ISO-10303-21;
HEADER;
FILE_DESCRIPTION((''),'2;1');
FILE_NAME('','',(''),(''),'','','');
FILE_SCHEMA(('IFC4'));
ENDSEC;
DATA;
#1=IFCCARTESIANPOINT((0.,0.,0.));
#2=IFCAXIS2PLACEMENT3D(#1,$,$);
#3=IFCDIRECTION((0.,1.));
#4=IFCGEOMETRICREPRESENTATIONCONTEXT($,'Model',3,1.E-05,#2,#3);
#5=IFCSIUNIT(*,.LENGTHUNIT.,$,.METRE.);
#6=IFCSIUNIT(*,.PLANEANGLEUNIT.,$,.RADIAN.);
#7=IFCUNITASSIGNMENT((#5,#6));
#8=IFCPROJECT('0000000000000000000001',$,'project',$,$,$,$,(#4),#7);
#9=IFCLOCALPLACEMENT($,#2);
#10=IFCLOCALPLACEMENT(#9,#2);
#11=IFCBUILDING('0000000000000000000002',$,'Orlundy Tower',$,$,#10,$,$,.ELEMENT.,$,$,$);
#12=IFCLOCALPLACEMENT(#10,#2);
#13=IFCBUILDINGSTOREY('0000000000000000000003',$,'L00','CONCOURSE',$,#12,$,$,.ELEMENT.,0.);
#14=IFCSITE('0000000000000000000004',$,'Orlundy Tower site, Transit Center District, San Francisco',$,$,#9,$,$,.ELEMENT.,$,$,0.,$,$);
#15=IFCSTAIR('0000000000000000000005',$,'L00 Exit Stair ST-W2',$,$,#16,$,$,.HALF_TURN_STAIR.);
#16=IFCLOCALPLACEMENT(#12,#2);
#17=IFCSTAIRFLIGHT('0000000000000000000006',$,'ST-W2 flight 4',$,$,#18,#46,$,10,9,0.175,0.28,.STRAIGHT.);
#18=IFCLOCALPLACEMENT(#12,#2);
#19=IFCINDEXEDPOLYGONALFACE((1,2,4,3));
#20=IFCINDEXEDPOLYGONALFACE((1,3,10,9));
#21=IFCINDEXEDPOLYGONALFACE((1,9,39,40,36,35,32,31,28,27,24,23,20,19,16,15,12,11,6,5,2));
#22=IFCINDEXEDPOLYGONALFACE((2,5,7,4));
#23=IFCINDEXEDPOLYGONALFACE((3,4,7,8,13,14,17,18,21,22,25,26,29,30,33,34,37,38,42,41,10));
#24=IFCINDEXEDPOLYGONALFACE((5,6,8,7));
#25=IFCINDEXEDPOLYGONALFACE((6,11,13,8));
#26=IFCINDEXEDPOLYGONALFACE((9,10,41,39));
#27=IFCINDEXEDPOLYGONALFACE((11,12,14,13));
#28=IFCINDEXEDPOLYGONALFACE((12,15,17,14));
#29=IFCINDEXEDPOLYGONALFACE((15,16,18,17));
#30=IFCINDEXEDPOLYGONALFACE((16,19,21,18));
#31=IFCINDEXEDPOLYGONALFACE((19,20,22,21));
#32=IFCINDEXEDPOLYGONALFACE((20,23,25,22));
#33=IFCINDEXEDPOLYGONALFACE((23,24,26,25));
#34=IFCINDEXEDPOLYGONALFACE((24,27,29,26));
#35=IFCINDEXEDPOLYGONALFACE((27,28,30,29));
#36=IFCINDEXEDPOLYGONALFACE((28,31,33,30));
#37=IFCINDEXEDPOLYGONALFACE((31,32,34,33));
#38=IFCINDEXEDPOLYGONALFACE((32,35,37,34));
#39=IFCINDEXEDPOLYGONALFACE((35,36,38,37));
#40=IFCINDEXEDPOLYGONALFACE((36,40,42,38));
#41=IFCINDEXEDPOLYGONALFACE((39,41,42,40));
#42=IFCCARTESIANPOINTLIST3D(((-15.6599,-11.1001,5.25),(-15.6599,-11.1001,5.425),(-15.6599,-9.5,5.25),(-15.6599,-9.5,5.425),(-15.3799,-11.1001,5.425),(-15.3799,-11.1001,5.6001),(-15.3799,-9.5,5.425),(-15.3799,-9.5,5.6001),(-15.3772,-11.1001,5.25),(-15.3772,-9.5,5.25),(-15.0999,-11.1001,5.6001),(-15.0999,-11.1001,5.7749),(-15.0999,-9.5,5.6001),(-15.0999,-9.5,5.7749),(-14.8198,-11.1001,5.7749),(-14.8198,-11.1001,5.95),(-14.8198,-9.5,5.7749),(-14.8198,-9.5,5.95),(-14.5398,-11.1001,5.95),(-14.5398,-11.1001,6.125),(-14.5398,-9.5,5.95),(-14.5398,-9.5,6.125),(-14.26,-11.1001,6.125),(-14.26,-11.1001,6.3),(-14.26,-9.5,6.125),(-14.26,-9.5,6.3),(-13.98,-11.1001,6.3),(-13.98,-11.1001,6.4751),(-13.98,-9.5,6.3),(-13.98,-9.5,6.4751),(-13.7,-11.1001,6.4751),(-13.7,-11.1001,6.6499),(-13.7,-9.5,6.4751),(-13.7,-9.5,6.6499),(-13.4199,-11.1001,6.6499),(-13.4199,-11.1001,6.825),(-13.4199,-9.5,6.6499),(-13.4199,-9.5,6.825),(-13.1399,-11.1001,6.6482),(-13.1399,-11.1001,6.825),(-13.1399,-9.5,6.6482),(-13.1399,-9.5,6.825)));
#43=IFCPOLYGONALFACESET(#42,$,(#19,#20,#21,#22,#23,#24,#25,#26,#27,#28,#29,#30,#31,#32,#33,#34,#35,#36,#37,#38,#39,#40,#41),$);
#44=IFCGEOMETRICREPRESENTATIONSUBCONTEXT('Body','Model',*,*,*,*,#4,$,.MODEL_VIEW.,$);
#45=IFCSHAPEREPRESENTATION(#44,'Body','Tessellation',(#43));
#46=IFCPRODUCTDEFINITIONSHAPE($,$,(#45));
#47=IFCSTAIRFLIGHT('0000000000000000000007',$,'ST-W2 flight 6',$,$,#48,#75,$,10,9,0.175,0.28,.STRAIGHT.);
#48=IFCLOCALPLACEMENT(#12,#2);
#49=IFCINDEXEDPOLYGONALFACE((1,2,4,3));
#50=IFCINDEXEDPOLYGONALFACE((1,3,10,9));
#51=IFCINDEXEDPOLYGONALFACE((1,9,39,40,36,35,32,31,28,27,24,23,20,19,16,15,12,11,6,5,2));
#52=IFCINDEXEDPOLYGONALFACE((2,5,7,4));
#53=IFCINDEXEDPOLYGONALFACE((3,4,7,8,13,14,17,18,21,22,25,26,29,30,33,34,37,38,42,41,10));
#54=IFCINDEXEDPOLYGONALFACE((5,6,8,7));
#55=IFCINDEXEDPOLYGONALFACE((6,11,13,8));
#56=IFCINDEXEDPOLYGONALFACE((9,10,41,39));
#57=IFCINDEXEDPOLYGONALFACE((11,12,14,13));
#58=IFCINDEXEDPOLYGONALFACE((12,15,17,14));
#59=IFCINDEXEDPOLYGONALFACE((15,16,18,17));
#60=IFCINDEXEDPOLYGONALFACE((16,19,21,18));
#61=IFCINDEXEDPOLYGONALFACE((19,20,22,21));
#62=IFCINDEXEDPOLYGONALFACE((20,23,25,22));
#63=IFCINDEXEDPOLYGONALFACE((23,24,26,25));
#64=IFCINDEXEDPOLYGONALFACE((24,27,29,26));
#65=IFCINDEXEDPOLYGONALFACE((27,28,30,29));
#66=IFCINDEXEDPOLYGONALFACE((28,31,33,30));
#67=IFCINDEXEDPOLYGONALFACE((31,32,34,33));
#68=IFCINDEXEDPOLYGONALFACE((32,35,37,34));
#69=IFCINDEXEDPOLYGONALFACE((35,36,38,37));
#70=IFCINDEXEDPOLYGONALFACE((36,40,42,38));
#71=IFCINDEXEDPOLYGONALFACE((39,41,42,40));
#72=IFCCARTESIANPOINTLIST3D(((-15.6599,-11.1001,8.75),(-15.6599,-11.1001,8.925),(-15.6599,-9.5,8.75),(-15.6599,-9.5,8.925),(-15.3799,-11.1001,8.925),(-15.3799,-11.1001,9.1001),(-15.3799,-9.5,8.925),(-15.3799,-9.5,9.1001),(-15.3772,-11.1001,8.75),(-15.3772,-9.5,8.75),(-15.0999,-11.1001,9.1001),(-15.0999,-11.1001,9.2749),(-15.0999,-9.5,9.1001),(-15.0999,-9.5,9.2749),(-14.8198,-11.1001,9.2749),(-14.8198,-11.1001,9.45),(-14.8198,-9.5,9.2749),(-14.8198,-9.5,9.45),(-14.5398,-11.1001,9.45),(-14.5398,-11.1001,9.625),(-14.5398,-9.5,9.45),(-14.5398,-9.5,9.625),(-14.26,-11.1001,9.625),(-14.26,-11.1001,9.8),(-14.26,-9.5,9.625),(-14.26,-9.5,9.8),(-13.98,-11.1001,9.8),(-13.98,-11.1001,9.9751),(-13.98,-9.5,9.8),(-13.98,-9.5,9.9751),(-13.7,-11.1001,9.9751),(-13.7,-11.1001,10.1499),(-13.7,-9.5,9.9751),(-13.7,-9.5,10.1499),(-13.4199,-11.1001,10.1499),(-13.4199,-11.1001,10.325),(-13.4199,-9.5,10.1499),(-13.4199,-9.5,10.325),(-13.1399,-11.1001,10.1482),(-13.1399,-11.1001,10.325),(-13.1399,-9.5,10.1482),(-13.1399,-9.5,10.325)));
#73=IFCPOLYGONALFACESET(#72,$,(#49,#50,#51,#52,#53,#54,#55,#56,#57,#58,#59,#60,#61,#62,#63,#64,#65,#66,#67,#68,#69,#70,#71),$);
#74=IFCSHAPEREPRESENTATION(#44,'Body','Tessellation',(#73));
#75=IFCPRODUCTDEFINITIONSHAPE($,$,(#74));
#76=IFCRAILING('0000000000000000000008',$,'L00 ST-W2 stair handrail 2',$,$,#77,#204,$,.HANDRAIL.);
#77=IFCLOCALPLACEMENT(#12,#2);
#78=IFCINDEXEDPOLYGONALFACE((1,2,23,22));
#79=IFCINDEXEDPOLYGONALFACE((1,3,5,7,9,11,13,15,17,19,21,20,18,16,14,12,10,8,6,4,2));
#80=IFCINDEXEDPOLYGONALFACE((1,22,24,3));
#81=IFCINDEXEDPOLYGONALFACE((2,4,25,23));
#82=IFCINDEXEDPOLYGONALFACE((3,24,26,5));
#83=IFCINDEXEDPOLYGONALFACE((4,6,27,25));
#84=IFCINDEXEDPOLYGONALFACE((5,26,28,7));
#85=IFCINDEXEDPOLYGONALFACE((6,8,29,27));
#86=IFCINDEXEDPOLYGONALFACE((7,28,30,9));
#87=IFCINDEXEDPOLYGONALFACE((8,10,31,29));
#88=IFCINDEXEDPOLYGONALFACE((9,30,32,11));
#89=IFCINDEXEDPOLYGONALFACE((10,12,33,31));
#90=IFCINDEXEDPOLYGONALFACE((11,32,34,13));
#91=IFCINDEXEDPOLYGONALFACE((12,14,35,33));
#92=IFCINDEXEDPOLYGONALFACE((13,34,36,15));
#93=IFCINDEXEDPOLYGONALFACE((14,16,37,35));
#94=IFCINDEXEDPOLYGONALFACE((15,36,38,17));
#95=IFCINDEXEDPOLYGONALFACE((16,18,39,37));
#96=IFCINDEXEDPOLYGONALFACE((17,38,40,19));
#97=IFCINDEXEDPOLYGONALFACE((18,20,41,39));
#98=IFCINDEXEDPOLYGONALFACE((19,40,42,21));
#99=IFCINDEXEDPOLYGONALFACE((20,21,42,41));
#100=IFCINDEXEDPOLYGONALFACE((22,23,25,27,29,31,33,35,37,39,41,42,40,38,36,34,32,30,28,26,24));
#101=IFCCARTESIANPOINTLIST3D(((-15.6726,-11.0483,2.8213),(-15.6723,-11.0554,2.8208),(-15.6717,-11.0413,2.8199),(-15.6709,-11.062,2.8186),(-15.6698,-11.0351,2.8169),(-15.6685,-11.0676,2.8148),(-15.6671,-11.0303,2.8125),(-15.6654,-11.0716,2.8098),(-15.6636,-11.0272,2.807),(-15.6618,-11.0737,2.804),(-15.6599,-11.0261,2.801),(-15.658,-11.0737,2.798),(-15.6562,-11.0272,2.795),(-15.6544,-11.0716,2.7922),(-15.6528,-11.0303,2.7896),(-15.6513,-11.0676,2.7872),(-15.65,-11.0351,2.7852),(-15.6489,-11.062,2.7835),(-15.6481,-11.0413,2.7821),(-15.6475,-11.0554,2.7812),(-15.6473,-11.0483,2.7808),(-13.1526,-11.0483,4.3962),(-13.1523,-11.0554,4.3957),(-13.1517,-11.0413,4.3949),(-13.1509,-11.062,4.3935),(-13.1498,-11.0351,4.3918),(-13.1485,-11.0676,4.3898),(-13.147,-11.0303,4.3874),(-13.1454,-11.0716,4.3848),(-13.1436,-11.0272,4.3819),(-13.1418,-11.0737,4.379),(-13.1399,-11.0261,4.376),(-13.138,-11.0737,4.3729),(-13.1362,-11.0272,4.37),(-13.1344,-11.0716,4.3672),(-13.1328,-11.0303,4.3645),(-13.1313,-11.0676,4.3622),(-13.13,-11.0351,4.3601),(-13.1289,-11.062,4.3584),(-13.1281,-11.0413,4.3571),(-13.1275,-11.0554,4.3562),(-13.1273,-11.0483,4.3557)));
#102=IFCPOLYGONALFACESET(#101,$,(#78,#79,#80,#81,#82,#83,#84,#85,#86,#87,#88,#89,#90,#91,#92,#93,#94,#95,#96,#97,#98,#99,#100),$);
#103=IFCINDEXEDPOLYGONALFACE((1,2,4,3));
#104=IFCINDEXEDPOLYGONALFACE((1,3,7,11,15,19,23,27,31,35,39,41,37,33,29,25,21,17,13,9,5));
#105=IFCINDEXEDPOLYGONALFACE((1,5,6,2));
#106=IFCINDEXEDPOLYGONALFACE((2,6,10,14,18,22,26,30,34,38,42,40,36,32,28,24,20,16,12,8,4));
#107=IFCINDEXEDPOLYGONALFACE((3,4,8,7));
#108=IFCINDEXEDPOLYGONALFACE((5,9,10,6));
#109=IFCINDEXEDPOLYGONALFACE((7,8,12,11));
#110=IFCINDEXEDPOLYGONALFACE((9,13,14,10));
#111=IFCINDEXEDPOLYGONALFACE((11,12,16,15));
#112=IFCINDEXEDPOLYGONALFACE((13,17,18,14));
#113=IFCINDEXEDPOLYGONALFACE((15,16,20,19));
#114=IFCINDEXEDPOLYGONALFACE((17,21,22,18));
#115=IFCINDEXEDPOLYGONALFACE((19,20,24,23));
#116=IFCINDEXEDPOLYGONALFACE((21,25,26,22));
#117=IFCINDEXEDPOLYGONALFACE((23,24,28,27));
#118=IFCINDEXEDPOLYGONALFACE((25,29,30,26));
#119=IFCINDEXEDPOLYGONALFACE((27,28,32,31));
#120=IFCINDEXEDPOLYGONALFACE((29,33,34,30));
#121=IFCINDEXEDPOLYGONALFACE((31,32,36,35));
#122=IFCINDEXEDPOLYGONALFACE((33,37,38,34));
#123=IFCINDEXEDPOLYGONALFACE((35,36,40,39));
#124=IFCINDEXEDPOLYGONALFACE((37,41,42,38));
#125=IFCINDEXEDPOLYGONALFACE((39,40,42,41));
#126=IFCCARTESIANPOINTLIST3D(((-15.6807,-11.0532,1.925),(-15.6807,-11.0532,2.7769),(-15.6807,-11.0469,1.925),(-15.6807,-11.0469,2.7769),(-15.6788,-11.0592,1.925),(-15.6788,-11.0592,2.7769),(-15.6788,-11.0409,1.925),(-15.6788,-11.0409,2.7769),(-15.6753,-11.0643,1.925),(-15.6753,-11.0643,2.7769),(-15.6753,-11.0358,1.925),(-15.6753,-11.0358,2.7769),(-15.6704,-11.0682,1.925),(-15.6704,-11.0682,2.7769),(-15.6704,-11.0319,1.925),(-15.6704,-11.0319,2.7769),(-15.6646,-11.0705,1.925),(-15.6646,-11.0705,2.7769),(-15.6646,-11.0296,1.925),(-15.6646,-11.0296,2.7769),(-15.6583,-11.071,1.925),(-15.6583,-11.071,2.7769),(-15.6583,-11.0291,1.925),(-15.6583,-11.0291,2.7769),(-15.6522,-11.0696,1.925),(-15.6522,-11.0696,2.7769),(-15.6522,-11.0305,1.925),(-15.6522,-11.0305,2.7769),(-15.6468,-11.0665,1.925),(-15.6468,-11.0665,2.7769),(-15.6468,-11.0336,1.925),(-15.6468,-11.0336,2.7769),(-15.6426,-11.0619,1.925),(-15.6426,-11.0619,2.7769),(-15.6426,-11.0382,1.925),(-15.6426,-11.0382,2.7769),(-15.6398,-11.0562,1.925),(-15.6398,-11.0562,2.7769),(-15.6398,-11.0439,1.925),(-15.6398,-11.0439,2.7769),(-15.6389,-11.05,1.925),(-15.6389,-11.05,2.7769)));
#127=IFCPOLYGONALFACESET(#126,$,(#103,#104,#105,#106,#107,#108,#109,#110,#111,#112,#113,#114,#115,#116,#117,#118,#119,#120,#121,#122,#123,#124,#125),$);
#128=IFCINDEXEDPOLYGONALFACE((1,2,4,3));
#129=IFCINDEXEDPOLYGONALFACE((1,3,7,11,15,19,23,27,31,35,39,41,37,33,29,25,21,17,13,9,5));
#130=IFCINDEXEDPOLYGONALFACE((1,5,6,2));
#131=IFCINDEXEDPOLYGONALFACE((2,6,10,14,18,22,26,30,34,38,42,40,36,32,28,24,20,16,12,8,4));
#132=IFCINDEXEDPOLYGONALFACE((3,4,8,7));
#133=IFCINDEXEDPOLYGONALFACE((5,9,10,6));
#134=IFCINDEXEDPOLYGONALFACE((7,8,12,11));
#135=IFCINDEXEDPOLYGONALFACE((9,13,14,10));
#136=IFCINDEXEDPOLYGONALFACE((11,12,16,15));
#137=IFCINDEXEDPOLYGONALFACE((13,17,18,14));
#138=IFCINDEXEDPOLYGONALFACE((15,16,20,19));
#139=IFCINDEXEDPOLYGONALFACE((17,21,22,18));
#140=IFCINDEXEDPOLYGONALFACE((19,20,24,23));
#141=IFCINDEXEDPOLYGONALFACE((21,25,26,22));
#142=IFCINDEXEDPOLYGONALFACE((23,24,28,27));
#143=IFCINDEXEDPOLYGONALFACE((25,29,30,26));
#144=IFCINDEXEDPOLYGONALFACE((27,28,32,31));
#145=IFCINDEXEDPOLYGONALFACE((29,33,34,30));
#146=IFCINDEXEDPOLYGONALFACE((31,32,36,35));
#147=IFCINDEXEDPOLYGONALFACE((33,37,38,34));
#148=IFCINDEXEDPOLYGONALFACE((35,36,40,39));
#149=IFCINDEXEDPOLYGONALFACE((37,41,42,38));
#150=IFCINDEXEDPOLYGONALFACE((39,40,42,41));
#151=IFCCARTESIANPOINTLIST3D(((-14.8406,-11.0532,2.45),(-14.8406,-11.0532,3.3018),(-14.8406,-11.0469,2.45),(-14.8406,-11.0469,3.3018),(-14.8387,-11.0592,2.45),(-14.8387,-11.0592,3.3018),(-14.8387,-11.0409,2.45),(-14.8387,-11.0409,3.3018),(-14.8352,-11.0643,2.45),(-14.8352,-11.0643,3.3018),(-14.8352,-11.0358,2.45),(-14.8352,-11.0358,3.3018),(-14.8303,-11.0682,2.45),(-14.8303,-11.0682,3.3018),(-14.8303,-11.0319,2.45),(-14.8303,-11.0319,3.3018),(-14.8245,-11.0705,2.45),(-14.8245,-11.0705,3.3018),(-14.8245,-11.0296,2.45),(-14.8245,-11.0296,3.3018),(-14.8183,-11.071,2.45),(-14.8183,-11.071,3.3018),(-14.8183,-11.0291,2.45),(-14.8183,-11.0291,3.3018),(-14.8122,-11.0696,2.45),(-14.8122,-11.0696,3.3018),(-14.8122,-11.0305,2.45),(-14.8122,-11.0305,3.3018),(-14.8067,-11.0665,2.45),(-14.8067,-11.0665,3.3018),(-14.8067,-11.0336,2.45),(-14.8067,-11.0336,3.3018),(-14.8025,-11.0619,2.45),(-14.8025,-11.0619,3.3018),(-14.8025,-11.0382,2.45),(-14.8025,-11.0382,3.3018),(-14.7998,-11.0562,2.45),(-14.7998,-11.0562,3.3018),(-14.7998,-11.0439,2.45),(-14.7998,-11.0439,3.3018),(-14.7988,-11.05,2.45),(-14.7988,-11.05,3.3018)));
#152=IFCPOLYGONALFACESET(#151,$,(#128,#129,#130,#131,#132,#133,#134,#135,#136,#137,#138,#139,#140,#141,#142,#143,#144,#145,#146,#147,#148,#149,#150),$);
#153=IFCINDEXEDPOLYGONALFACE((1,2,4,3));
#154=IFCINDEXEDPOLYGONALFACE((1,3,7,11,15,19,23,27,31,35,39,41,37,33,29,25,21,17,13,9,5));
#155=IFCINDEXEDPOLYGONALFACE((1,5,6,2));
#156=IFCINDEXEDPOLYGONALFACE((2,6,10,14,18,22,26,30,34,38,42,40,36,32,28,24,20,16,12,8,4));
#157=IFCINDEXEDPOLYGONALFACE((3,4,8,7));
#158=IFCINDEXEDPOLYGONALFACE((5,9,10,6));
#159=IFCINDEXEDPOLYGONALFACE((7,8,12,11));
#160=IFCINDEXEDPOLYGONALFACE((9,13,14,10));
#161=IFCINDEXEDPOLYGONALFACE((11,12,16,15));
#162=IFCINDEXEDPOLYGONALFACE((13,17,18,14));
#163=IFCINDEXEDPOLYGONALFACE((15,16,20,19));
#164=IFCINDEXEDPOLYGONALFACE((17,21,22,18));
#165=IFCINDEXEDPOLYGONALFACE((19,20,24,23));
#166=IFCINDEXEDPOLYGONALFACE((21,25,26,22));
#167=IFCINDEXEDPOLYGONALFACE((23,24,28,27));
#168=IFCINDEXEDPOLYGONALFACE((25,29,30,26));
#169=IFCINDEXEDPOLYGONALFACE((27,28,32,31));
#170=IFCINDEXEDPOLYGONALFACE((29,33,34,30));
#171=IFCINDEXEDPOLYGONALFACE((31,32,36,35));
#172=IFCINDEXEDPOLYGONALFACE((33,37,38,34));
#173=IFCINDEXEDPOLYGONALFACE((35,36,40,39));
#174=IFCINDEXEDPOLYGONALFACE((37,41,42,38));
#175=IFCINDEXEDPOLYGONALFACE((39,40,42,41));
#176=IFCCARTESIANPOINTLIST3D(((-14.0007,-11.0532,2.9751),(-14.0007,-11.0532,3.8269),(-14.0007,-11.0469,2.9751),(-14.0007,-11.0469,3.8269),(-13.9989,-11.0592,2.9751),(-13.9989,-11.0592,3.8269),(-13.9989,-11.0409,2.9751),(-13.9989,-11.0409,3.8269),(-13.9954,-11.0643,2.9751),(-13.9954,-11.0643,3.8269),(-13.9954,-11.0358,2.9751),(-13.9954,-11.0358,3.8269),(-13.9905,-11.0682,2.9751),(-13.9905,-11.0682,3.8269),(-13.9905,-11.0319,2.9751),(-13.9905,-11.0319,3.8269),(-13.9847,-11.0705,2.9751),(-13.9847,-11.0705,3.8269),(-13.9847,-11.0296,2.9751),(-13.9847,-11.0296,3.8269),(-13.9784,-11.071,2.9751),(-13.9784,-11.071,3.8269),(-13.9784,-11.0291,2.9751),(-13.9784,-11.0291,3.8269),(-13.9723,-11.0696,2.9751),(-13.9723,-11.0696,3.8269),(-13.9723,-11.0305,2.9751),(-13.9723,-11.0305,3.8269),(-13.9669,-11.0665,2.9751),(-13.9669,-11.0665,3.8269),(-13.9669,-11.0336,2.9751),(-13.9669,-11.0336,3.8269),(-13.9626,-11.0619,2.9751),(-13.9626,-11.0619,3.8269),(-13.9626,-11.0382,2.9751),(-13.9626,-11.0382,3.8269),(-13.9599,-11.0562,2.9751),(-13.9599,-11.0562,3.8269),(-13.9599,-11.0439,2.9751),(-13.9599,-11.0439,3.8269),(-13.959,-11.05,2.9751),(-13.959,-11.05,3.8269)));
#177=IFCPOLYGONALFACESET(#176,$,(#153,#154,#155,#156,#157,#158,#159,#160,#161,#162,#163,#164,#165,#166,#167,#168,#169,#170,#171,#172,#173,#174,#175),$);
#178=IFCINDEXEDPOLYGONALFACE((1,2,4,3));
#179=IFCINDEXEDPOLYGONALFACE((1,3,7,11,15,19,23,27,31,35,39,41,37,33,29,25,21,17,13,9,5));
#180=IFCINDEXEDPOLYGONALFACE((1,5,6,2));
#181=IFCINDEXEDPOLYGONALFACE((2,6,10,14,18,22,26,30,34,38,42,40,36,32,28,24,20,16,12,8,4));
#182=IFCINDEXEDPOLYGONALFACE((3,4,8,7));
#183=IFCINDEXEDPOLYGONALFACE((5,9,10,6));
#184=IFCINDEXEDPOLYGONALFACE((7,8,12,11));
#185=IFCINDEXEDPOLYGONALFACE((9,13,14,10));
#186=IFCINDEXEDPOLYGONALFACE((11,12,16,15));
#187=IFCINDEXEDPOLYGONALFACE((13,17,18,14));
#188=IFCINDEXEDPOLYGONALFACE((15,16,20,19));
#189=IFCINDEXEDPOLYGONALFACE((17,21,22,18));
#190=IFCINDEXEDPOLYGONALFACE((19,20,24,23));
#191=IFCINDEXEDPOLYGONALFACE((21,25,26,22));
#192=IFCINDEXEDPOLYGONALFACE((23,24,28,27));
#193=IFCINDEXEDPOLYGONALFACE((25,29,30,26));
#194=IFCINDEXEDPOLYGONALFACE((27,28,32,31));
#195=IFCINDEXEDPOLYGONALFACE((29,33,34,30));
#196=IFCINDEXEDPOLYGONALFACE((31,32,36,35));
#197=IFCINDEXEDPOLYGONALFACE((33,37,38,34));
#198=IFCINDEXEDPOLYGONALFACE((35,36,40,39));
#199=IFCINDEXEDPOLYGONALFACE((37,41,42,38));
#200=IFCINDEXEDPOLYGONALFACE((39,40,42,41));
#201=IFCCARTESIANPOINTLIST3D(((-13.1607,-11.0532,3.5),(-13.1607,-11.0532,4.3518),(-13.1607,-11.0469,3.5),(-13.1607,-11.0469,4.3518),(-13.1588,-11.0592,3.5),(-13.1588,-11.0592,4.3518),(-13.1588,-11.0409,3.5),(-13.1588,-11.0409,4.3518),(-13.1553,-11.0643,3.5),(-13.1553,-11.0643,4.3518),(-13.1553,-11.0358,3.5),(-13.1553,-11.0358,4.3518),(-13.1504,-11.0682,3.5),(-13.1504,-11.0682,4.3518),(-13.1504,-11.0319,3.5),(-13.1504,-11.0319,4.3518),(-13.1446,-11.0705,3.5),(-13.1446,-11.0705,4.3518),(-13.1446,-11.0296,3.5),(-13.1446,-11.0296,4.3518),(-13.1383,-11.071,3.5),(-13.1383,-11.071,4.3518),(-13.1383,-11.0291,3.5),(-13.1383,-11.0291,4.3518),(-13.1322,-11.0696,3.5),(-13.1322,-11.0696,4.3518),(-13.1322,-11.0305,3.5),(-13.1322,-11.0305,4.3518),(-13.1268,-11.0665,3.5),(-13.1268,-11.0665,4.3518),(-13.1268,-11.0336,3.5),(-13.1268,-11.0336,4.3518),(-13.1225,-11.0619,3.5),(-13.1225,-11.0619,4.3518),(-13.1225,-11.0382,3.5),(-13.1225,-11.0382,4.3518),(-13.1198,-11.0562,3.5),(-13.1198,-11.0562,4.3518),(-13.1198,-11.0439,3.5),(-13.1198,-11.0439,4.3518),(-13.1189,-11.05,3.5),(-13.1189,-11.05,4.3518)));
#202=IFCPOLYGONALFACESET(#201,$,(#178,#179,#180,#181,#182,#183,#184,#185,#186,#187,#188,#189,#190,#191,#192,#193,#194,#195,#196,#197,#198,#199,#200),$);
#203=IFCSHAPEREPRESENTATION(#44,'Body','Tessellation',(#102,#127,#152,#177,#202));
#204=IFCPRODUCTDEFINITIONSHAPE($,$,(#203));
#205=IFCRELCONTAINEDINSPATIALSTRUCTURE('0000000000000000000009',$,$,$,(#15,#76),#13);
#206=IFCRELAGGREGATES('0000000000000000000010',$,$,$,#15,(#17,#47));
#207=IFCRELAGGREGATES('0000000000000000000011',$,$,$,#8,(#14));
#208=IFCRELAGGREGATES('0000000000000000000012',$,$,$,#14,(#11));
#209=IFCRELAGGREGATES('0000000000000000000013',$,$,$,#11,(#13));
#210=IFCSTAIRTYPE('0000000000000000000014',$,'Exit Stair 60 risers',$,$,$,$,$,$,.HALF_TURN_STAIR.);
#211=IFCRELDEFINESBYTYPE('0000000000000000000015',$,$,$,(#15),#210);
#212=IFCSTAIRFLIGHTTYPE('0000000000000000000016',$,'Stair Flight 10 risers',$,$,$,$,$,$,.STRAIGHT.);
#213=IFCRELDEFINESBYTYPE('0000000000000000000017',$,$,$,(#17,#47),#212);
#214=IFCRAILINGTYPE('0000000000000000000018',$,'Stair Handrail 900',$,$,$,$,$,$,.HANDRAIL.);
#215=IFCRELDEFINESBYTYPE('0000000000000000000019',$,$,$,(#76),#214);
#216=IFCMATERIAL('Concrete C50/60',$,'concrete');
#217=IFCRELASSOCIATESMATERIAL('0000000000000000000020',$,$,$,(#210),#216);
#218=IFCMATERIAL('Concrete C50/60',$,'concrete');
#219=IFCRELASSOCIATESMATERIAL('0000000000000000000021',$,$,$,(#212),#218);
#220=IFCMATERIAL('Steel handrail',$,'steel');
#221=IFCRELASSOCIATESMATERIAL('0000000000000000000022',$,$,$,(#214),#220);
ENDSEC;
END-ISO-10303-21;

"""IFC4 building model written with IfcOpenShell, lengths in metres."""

from ifc_helpers import new_model, si_unit, direction, frame, origin, origin_2d, place, context, subcontext, project, spatial, polyline, circle, outline, extrude, material, type_object, element, aggregate, save


model = new_model("IFC4")

# Units and contexts
model_context = context("Model", 3, precision=1e-05, world=origin(), true_north=direction((0.0, 1.0)))
body_context = subcontext(model_context, "Body", "Model", "MODEL_VIEW")
ifc_project = project(units=[si_unit("LENGTHUNIT", "METRE"), si_unit("PLANEANGLEUNIT", "RADIAN")], contexts=[model_context])

# Site, building, storey
site_placement = place(None, origin())
site = spatial("IfcSite", under=ifc_project, at=site_placement, Name="Orlundy Tower site, Transit Center District, San Francisco", CompositionType="ELEMENT", RefElevation=0.0)
building_placement = place(site_placement, origin())
building = spatial("IfcBuilding", under=site, at=building_placement, Name="Orlundy Tower", CompositionType="ELEMENT")
storey_placement = place(building_placement, origin())
storey = spatial("IfcBuildingStorey", under=building, at=storey_placement, Name="L00", Description="CONCOURSE", CompositionType="ELEMENT", Elevation=0.0)

# Stair, stair flights
ifc_material_1 = material(Name="Concrete C50/60", Category="concrete")
stair_type = type_object("IfcStairType", Name="Exit Stair 60 risers", PredefinedType="HALF_TURN_STAIR", material=ifc_material_1)
stair_placement = place(storey_placement, origin())
stair = element("IfcStair", 1, at=stair_placement, inside=storey, type_object=stair_type, Name="L00 Exit Stair ST-W2", PredefinedType="HALF_TURN_STAIR")
ifc_material_2 = material(Name="Concrete C50/60", Category="concrete")
stair_flight_type = type_object("IfcStairFlightType", Name="Stair Flight 10 risers", PredefinedType="STRAIGHT", material=ifc_material_2)
stair_flight_1_placement = place(storey_placement, frame((-15.6599, -10.3, 5.25), z_axis=(0.0, 0.0, 1.0), x_axis=(1.0, 0.0, 0.0)))
stair_flight_1 = element("IfcStairFlight", 2, at=stair_flight_1_placement, type_object=stair_flight_type, Name="ST-W2 flight 4", NumberOfRisers=10, NumberOfTreads=9, PredefinedType="STRAIGHT", RiserHeight=0.175, TreadLength=0.28, context=body_context, shape_type="SweptSolid", body=[
    extrude(outline(polyline([(0.0, 0.0), (0.0, 0.175), (0.28, 0.175), (0.28, 0.3501), (0.5601, 0.3501), (0.5601, 0.5249), (0.8401, 0.5249), (0.8401, 0.7), (1.1201, 0.7), (1.1201, 0.875), (1.3999, 0.875), (1.3999, 1.05), (1.6799, 1.05), (1.6799, 1.2251), (1.96, 1.2251), (1.96, 1.3999), (2.24, 1.3999), (2.24, 1.575), (2.52, 1.575), (2.52, 1.75), (2.52, 1.3982), (0.2827, 0.0), (0.0, 0.0)])), frame((0.0, 0.8, 0.0), z_axis=(0.0, -1.0, 0.0), x_axis=(1.0, 0.0, 0.0)), (0.0, 0.0, 1.0), 1.6001),
])
stair_flight_2_placement = place(storey_placement, frame((-15.6599, -10.3, 8.75), z_axis=(0.0, 0.0, 1.0), x_axis=(1.0, 0.0, 0.0)))
stair_flight_2 = element("IfcStairFlight", 3, at=stair_flight_2_placement, type_object=stair_flight_type, Name="ST-W2 flight 6", NumberOfRisers=10, NumberOfTreads=9, PredefinedType="STRAIGHT", RiserHeight=0.175, TreadLength=0.28, context=body_context, shape_type="SweptSolid", body=[
    extrude(outline(polyline([(0.0, 0.0), (0.0, 0.175), (0.28, 0.175), (0.28, 0.3501), (0.5601, 0.3501), (0.5601, 0.5249), (0.8401, 0.5249), (0.8401, 0.7), (1.1201, 0.7), (1.1201, 0.875), (1.3999, 0.875), (1.3999, 1.05), (1.6799, 1.05), (1.6799, 1.2251), (1.96, 1.2251), (1.96, 1.3999), (2.24, 1.3999), (2.24, 1.575), (2.52, 1.575), (2.52, 1.75), (2.52, 1.3982), (0.2827, 0.0), (0.0, 0.0)])), frame((0.0, 0.8, 0.0), z_axis=(0.0, -1.0, 0.0), x_axis=(1.0, 0.0, 0.0)), (0.0, 0.0, 1.0), 1.6001),
])
aggregate(stair, [stair_flight_1, stair_flight_2])

# Railing
ifc_material_3 = material(Name="Steel handrail", Category="steel")
railing_type = type_object("IfcRailingType", Name="Stair Handrail 900", PredefinedType="HANDRAIL", material=ifc_material_3)
for number, where, name in (
    (4, (-15.6599, -11.05, 1.925), "L00 ST-W2 stair handrail 2"),
):
    element("IfcRailing", number, at=place(storey_placement, frame(where)), inside=storey, type_object=railing_type, Name=name, PredefinedType="HANDRAIL", context=body_context, shape_type="SweptSolid", body=[
        extrude(circle(Radius=0.0239, at=origin_2d()), frame((0.0, 0.0, 0.876), z_axis=(0.848008, 0.0, 0.529984), x_axis=(0.0, 1.0, 0.0)), (0.0, 0.0, 1.0), 2.9717),
        extrude(circle(Radius=0.021, at=origin_2d()), origin(), (0.0, 0.0, 1.0), 0.8518),
        extrude(circle(Radius=0.021, at=origin_2d()), frame((0.8401, 0.0, 0.5249)), (0.0, 0.0, 1.0), 0.8518),
        extrude(circle(Radius=0.021, at=origin_2d()), frame((1.6799, 0.0, 1.05)), (0.0, 0.0, 1.0), 0.8518),
        extrude(circle(Radius=0.021, at=origin_2d()), frame((2.52, 0.0, 1.575)), (0.0, 0.0, 1.0), 0.8518),
    ])

save(model, "model.ifc")
